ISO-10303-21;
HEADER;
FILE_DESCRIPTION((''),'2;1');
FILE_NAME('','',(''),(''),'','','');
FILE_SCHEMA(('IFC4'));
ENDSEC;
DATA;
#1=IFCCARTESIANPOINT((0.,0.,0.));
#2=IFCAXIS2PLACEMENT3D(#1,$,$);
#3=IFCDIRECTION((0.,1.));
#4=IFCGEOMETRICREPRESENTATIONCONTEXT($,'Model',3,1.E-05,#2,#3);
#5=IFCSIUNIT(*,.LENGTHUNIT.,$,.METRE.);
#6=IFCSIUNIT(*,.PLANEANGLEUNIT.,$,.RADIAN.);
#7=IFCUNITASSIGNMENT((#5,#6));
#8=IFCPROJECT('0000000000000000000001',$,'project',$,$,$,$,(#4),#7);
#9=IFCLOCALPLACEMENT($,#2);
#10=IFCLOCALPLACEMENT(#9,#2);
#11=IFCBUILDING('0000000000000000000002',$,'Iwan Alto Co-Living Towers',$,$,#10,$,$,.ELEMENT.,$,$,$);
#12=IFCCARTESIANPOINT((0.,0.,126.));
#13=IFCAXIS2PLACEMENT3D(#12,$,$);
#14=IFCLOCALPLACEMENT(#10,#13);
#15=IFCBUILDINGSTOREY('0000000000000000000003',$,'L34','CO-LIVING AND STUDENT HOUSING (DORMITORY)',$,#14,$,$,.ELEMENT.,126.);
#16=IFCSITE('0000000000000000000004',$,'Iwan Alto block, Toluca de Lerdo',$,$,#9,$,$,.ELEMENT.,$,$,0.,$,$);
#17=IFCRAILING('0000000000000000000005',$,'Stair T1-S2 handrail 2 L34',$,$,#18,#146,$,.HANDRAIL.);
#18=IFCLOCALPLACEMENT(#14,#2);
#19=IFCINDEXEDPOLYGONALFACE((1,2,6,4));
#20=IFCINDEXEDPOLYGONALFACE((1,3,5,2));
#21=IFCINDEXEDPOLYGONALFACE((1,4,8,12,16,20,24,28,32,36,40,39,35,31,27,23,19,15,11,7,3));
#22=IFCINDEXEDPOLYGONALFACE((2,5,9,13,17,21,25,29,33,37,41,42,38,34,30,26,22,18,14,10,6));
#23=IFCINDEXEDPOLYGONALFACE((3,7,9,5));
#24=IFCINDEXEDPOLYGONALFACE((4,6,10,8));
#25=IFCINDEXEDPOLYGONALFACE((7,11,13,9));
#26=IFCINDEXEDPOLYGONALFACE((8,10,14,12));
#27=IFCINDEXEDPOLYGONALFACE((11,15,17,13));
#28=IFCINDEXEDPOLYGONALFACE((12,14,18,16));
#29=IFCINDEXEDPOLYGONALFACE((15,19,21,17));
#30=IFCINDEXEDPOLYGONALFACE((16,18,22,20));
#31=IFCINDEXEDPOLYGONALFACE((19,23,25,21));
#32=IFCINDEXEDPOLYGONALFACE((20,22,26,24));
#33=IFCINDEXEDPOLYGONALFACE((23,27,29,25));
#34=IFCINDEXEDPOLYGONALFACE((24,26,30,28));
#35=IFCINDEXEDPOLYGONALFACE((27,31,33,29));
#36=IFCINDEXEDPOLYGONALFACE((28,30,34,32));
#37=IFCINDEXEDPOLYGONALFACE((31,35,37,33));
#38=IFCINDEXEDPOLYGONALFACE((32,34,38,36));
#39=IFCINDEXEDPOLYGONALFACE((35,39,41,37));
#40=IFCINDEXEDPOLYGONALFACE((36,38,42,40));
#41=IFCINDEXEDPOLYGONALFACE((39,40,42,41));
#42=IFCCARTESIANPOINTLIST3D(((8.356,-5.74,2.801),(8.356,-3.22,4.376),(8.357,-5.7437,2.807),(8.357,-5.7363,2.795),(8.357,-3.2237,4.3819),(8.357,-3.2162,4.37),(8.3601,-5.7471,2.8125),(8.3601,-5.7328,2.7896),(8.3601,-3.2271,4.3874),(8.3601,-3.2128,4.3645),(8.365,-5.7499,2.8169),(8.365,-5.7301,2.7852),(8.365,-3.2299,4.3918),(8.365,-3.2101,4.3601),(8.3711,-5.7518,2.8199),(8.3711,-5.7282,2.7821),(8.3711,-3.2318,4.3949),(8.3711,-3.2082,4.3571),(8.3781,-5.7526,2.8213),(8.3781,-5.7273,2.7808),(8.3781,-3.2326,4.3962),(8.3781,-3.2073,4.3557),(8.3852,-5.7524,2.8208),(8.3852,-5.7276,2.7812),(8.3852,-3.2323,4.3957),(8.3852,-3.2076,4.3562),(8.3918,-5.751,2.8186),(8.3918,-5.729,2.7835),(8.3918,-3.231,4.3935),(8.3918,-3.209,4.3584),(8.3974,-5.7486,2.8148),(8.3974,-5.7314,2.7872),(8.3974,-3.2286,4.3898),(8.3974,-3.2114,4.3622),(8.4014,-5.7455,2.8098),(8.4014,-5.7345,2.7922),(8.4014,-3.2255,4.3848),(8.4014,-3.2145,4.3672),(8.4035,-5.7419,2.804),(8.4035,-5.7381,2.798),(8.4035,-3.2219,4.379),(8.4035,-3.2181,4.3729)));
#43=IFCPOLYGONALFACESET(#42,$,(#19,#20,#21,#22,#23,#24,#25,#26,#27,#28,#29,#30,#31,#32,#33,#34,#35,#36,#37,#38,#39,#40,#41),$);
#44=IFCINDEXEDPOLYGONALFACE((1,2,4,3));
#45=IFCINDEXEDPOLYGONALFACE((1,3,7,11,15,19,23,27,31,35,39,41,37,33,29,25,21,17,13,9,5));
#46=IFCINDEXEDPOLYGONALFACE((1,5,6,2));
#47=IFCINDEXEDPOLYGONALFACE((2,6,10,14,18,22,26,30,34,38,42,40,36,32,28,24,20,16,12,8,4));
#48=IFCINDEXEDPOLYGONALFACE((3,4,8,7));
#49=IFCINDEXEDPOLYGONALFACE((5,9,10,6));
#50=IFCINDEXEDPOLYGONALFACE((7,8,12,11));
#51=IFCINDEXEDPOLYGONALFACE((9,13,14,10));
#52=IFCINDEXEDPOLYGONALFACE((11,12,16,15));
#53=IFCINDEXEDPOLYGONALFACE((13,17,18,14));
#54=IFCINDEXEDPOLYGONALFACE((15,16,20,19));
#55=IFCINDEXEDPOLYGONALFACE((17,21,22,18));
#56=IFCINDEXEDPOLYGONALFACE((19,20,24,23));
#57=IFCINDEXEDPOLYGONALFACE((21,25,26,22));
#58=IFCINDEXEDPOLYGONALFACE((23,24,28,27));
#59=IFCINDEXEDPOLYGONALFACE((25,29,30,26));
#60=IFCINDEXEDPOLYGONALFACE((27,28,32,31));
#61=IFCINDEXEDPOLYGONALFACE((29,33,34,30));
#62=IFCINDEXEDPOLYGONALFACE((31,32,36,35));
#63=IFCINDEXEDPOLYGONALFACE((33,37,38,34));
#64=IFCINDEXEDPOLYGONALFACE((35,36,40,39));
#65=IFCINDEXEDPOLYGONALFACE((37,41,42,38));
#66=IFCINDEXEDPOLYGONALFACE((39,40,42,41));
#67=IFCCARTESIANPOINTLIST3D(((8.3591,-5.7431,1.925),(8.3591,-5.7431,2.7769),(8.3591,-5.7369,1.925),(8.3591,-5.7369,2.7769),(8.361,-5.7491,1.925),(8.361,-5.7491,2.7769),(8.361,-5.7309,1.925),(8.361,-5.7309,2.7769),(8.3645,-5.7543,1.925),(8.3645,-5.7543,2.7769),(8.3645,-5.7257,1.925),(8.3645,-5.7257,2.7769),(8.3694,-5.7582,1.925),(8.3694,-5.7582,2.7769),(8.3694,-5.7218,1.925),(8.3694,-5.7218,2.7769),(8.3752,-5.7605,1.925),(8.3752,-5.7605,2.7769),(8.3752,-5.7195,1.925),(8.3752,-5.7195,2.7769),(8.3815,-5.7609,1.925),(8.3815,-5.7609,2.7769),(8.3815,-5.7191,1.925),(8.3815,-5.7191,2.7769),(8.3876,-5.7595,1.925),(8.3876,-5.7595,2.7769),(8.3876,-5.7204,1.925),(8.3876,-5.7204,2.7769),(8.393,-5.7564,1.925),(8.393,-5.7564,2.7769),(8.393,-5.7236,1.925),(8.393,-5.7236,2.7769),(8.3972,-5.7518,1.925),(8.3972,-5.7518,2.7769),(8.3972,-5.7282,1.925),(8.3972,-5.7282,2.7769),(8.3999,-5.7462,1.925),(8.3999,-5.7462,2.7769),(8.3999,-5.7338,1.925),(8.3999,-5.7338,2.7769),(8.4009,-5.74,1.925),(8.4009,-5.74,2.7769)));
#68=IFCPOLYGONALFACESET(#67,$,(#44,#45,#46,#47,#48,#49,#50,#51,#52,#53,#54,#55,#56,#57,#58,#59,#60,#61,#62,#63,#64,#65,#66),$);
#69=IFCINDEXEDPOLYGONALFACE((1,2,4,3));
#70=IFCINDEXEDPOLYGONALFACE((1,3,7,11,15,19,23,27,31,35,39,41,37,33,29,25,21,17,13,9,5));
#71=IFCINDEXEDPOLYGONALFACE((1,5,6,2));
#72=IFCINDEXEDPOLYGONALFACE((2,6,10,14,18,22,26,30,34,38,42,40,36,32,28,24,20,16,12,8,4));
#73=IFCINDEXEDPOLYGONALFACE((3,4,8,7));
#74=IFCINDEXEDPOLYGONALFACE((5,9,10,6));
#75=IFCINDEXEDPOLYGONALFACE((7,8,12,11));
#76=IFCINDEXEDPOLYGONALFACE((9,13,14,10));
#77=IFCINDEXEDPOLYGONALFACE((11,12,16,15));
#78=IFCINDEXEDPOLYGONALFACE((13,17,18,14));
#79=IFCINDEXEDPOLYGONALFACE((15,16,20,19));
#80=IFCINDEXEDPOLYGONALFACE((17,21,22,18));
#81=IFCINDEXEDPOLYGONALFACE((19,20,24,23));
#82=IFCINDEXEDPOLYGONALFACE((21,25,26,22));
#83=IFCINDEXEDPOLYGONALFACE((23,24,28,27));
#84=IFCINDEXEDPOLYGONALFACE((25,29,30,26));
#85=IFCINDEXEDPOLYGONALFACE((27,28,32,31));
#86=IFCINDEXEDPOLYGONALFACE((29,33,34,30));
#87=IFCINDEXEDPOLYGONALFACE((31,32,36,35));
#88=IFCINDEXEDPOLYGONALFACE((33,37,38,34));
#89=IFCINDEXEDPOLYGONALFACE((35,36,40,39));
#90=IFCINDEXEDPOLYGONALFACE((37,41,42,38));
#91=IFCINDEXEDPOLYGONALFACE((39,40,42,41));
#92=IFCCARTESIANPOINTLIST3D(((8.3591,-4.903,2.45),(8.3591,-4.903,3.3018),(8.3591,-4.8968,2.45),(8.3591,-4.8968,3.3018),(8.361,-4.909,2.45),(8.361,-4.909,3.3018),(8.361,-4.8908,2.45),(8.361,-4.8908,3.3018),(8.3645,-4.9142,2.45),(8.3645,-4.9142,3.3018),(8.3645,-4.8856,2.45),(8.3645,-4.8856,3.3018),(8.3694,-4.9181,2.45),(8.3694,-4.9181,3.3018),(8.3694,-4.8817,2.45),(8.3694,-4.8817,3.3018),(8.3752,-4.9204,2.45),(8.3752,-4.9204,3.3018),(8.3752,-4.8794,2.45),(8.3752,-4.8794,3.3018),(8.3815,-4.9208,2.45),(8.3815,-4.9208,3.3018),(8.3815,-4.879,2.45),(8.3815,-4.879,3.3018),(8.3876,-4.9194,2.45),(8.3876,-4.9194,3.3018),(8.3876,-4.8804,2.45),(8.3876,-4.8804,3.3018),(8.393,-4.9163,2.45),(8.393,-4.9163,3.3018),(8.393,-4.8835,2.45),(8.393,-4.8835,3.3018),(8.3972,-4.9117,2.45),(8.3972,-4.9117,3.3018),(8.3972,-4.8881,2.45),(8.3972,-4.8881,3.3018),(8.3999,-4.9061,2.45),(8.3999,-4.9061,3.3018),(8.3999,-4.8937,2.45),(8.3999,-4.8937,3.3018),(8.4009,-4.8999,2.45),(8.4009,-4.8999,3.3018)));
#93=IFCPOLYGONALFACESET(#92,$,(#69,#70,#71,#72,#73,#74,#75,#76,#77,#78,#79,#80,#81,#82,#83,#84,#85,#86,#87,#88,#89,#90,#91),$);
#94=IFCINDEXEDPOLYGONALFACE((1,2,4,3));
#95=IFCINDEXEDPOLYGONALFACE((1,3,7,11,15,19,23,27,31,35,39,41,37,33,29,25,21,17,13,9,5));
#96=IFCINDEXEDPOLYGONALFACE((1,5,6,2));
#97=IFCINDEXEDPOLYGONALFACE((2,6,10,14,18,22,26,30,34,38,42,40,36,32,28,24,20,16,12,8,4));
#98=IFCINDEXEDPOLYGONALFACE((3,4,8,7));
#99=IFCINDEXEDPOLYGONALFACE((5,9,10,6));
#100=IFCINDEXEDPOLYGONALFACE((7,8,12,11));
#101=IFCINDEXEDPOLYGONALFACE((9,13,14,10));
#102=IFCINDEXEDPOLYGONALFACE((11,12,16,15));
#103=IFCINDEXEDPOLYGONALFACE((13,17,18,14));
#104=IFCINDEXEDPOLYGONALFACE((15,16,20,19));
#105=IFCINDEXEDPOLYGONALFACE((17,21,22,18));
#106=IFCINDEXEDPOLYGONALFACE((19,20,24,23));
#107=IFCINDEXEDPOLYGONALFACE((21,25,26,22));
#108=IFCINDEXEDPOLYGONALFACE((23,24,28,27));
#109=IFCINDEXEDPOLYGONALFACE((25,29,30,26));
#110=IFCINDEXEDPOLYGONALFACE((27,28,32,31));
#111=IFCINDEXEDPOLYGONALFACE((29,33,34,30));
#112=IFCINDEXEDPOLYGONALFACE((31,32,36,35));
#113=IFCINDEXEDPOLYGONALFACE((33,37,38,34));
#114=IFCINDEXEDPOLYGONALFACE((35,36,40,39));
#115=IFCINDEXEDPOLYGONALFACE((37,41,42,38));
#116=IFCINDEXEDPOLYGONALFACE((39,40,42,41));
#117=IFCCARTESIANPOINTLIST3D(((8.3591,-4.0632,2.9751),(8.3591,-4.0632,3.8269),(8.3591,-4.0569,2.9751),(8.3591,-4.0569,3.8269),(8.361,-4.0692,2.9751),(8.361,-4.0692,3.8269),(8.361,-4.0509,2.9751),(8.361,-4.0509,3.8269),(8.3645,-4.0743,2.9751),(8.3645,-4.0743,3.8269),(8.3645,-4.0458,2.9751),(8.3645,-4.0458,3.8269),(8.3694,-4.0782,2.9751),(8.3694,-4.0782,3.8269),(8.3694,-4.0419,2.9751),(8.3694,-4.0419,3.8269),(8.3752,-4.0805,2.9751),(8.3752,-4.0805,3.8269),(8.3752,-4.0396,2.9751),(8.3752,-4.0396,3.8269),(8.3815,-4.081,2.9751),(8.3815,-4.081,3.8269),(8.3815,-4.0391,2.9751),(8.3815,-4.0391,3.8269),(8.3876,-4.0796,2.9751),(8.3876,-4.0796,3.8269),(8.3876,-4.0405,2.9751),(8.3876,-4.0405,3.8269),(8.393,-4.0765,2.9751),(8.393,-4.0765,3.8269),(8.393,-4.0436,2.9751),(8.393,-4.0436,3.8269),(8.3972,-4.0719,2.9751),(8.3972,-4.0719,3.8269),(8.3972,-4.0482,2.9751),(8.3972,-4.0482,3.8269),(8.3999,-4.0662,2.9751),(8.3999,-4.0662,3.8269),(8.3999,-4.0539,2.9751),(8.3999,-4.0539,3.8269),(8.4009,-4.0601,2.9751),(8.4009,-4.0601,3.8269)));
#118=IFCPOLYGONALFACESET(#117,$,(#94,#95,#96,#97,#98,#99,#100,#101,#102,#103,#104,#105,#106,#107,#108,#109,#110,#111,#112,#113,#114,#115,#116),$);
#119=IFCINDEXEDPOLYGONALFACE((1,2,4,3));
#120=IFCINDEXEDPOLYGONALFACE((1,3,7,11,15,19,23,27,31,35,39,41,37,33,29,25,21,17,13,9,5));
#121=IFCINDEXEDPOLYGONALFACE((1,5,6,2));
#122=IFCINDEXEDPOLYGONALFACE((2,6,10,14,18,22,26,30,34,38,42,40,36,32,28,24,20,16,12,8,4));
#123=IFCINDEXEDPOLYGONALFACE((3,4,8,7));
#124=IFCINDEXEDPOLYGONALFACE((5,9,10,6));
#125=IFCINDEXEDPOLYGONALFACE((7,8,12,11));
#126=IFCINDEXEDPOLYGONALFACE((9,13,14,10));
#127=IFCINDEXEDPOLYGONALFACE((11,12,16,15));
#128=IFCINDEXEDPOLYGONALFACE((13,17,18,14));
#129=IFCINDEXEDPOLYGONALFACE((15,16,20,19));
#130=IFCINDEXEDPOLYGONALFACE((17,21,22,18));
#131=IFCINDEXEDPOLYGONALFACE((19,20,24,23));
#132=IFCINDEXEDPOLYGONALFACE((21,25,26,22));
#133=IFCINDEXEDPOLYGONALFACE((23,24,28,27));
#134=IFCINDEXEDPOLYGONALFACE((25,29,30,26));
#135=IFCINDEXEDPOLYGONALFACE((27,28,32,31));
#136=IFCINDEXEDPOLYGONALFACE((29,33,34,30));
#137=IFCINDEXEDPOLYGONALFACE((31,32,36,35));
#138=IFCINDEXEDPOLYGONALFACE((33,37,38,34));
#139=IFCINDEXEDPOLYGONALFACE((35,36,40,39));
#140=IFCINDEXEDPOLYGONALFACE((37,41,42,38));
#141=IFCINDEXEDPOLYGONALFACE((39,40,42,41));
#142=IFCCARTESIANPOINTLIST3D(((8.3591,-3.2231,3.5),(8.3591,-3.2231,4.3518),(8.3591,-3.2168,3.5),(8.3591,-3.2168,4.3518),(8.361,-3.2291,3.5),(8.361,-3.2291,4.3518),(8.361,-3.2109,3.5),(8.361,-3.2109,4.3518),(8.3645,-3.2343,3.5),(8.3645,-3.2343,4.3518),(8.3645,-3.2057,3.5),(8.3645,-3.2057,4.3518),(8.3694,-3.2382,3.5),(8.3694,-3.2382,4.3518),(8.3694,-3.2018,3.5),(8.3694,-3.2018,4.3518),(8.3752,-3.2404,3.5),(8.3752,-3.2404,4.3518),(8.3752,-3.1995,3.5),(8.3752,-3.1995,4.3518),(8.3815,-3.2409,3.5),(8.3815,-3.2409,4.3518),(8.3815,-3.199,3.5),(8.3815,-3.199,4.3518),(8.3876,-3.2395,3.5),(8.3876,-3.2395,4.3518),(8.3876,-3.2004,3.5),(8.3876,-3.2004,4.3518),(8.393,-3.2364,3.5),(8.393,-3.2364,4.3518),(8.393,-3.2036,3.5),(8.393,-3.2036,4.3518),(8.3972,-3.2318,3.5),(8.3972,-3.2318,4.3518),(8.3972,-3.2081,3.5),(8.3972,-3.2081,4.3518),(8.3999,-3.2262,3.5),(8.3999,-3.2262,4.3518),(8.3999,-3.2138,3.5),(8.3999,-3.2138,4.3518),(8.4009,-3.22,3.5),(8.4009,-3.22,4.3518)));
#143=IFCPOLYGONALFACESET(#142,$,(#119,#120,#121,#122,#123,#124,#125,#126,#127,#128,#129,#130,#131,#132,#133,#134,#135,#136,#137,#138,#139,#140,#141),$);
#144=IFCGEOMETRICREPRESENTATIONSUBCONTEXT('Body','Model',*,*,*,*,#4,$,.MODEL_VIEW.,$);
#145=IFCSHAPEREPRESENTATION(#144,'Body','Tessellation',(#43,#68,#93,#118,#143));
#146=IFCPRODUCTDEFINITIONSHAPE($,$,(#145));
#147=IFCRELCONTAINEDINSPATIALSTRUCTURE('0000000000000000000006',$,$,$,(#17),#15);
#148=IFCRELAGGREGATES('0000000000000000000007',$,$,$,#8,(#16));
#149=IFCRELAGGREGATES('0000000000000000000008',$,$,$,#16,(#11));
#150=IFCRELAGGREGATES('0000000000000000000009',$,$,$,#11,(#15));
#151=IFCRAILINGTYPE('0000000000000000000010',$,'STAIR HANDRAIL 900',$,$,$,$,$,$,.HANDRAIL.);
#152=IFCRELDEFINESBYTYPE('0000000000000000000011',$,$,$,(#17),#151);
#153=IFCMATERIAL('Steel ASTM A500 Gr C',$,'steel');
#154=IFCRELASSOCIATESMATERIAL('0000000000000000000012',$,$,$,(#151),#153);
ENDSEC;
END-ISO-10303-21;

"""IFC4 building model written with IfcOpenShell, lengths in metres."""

from ifc_helpers import new_model, si_unit, direction, frame, origin, origin_2d, place, context, subcontext, project, spatial, circle, extrude, material, type_object, element, save


model = new_model("IFC4")

# Units and contexts
model_context = context("Model", 3, precision=1e-05, world=origin(), true_north=direction((0.0, 1.0)))
body_context = subcontext(model_context, "Body", "Model", "MODEL_VIEW")
ifc_project = project(units=[si_unit("LENGTHUNIT", "METRE"), si_unit("PLANEANGLEUNIT", "RADIAN")], contexts=[model_context])

# Site, building, storey
site_placement = place(None, origin())
site = spatial("IfcSite", under=ifc_project, at=site_placement, Name="Iwan Alto block, Toluca de Lerdo", CompositionType="ELEMENT", RefElevation=0.0)
building_placement = place(site_placement, origin())
building = spatial("IfcBuilding", under=site, at=building_placement, Name="Iwan Alto Co-Living Towers", CompositionType="ELEMENT")
storey_placement = place(building_placement, frame((0.0, 0.0, 126.0)))
storey = spatial("IfcBuildingStorey", under=building, at=storey_placement, Name="L34", Description="CO-LIVING AND STUDENT HOUSING (DORMITORY)", CompositionType="ELEMENT", Elevation=126.0)

# Railing
ifc_material_1 = material(Name="Steel ASTM A500 Gr C", Category="steel")
railing_type_1 = type_object("IfcRailingType", Name="STAIR HANDRAIL 900", PredefinedType="HANDRAIL", material=ifc_material_1)
railing_1_placement = place(storey_placement, frame((8.3799, -5.74, 1.925)))
element("IfcRailing", 1, at=railing_1_placement, inside=storey, type_object=railing_type_1, Name="Stair T1-S2 handrail 2 L34", PredefinedType="HANDRAIL", context=body_context, shape_type="SweptSolid", body=[
    extrude(circle(Radius=0.0239, at=origin_2d()), frame((0.0, 0.0, 0.876), z_axis=(0.0, 0.848008, 0.529984), x_axis=(-1.0, 0.0, 0.0)), (0.0, 0.0, 1.0), 2.9717),
    extrude(circle(Radius=0.021, at=origin_2d()), origin(), (0.0, 0.0, 1.0), 0.8518),
    extrude(circle(Radius=0.021, at=origin_2d()), frame((0.0, 0.8401, 0.5249)), (0.0, 0.0, 1.0), 0.8518),
    extrude(circle(Radius=0.021, at=origin_2d()), frame((0.0, 1.6799, 1.05)), (0.0, 0.0, 1.0), 0.8518),
    extrude(circle(Radius=0.021, at=origin_2d()), frame((0.0, 2.52, 1.575)), (0.0, 0.0, 1.0), 0.8518),
])

save(model, "model.ifc")
